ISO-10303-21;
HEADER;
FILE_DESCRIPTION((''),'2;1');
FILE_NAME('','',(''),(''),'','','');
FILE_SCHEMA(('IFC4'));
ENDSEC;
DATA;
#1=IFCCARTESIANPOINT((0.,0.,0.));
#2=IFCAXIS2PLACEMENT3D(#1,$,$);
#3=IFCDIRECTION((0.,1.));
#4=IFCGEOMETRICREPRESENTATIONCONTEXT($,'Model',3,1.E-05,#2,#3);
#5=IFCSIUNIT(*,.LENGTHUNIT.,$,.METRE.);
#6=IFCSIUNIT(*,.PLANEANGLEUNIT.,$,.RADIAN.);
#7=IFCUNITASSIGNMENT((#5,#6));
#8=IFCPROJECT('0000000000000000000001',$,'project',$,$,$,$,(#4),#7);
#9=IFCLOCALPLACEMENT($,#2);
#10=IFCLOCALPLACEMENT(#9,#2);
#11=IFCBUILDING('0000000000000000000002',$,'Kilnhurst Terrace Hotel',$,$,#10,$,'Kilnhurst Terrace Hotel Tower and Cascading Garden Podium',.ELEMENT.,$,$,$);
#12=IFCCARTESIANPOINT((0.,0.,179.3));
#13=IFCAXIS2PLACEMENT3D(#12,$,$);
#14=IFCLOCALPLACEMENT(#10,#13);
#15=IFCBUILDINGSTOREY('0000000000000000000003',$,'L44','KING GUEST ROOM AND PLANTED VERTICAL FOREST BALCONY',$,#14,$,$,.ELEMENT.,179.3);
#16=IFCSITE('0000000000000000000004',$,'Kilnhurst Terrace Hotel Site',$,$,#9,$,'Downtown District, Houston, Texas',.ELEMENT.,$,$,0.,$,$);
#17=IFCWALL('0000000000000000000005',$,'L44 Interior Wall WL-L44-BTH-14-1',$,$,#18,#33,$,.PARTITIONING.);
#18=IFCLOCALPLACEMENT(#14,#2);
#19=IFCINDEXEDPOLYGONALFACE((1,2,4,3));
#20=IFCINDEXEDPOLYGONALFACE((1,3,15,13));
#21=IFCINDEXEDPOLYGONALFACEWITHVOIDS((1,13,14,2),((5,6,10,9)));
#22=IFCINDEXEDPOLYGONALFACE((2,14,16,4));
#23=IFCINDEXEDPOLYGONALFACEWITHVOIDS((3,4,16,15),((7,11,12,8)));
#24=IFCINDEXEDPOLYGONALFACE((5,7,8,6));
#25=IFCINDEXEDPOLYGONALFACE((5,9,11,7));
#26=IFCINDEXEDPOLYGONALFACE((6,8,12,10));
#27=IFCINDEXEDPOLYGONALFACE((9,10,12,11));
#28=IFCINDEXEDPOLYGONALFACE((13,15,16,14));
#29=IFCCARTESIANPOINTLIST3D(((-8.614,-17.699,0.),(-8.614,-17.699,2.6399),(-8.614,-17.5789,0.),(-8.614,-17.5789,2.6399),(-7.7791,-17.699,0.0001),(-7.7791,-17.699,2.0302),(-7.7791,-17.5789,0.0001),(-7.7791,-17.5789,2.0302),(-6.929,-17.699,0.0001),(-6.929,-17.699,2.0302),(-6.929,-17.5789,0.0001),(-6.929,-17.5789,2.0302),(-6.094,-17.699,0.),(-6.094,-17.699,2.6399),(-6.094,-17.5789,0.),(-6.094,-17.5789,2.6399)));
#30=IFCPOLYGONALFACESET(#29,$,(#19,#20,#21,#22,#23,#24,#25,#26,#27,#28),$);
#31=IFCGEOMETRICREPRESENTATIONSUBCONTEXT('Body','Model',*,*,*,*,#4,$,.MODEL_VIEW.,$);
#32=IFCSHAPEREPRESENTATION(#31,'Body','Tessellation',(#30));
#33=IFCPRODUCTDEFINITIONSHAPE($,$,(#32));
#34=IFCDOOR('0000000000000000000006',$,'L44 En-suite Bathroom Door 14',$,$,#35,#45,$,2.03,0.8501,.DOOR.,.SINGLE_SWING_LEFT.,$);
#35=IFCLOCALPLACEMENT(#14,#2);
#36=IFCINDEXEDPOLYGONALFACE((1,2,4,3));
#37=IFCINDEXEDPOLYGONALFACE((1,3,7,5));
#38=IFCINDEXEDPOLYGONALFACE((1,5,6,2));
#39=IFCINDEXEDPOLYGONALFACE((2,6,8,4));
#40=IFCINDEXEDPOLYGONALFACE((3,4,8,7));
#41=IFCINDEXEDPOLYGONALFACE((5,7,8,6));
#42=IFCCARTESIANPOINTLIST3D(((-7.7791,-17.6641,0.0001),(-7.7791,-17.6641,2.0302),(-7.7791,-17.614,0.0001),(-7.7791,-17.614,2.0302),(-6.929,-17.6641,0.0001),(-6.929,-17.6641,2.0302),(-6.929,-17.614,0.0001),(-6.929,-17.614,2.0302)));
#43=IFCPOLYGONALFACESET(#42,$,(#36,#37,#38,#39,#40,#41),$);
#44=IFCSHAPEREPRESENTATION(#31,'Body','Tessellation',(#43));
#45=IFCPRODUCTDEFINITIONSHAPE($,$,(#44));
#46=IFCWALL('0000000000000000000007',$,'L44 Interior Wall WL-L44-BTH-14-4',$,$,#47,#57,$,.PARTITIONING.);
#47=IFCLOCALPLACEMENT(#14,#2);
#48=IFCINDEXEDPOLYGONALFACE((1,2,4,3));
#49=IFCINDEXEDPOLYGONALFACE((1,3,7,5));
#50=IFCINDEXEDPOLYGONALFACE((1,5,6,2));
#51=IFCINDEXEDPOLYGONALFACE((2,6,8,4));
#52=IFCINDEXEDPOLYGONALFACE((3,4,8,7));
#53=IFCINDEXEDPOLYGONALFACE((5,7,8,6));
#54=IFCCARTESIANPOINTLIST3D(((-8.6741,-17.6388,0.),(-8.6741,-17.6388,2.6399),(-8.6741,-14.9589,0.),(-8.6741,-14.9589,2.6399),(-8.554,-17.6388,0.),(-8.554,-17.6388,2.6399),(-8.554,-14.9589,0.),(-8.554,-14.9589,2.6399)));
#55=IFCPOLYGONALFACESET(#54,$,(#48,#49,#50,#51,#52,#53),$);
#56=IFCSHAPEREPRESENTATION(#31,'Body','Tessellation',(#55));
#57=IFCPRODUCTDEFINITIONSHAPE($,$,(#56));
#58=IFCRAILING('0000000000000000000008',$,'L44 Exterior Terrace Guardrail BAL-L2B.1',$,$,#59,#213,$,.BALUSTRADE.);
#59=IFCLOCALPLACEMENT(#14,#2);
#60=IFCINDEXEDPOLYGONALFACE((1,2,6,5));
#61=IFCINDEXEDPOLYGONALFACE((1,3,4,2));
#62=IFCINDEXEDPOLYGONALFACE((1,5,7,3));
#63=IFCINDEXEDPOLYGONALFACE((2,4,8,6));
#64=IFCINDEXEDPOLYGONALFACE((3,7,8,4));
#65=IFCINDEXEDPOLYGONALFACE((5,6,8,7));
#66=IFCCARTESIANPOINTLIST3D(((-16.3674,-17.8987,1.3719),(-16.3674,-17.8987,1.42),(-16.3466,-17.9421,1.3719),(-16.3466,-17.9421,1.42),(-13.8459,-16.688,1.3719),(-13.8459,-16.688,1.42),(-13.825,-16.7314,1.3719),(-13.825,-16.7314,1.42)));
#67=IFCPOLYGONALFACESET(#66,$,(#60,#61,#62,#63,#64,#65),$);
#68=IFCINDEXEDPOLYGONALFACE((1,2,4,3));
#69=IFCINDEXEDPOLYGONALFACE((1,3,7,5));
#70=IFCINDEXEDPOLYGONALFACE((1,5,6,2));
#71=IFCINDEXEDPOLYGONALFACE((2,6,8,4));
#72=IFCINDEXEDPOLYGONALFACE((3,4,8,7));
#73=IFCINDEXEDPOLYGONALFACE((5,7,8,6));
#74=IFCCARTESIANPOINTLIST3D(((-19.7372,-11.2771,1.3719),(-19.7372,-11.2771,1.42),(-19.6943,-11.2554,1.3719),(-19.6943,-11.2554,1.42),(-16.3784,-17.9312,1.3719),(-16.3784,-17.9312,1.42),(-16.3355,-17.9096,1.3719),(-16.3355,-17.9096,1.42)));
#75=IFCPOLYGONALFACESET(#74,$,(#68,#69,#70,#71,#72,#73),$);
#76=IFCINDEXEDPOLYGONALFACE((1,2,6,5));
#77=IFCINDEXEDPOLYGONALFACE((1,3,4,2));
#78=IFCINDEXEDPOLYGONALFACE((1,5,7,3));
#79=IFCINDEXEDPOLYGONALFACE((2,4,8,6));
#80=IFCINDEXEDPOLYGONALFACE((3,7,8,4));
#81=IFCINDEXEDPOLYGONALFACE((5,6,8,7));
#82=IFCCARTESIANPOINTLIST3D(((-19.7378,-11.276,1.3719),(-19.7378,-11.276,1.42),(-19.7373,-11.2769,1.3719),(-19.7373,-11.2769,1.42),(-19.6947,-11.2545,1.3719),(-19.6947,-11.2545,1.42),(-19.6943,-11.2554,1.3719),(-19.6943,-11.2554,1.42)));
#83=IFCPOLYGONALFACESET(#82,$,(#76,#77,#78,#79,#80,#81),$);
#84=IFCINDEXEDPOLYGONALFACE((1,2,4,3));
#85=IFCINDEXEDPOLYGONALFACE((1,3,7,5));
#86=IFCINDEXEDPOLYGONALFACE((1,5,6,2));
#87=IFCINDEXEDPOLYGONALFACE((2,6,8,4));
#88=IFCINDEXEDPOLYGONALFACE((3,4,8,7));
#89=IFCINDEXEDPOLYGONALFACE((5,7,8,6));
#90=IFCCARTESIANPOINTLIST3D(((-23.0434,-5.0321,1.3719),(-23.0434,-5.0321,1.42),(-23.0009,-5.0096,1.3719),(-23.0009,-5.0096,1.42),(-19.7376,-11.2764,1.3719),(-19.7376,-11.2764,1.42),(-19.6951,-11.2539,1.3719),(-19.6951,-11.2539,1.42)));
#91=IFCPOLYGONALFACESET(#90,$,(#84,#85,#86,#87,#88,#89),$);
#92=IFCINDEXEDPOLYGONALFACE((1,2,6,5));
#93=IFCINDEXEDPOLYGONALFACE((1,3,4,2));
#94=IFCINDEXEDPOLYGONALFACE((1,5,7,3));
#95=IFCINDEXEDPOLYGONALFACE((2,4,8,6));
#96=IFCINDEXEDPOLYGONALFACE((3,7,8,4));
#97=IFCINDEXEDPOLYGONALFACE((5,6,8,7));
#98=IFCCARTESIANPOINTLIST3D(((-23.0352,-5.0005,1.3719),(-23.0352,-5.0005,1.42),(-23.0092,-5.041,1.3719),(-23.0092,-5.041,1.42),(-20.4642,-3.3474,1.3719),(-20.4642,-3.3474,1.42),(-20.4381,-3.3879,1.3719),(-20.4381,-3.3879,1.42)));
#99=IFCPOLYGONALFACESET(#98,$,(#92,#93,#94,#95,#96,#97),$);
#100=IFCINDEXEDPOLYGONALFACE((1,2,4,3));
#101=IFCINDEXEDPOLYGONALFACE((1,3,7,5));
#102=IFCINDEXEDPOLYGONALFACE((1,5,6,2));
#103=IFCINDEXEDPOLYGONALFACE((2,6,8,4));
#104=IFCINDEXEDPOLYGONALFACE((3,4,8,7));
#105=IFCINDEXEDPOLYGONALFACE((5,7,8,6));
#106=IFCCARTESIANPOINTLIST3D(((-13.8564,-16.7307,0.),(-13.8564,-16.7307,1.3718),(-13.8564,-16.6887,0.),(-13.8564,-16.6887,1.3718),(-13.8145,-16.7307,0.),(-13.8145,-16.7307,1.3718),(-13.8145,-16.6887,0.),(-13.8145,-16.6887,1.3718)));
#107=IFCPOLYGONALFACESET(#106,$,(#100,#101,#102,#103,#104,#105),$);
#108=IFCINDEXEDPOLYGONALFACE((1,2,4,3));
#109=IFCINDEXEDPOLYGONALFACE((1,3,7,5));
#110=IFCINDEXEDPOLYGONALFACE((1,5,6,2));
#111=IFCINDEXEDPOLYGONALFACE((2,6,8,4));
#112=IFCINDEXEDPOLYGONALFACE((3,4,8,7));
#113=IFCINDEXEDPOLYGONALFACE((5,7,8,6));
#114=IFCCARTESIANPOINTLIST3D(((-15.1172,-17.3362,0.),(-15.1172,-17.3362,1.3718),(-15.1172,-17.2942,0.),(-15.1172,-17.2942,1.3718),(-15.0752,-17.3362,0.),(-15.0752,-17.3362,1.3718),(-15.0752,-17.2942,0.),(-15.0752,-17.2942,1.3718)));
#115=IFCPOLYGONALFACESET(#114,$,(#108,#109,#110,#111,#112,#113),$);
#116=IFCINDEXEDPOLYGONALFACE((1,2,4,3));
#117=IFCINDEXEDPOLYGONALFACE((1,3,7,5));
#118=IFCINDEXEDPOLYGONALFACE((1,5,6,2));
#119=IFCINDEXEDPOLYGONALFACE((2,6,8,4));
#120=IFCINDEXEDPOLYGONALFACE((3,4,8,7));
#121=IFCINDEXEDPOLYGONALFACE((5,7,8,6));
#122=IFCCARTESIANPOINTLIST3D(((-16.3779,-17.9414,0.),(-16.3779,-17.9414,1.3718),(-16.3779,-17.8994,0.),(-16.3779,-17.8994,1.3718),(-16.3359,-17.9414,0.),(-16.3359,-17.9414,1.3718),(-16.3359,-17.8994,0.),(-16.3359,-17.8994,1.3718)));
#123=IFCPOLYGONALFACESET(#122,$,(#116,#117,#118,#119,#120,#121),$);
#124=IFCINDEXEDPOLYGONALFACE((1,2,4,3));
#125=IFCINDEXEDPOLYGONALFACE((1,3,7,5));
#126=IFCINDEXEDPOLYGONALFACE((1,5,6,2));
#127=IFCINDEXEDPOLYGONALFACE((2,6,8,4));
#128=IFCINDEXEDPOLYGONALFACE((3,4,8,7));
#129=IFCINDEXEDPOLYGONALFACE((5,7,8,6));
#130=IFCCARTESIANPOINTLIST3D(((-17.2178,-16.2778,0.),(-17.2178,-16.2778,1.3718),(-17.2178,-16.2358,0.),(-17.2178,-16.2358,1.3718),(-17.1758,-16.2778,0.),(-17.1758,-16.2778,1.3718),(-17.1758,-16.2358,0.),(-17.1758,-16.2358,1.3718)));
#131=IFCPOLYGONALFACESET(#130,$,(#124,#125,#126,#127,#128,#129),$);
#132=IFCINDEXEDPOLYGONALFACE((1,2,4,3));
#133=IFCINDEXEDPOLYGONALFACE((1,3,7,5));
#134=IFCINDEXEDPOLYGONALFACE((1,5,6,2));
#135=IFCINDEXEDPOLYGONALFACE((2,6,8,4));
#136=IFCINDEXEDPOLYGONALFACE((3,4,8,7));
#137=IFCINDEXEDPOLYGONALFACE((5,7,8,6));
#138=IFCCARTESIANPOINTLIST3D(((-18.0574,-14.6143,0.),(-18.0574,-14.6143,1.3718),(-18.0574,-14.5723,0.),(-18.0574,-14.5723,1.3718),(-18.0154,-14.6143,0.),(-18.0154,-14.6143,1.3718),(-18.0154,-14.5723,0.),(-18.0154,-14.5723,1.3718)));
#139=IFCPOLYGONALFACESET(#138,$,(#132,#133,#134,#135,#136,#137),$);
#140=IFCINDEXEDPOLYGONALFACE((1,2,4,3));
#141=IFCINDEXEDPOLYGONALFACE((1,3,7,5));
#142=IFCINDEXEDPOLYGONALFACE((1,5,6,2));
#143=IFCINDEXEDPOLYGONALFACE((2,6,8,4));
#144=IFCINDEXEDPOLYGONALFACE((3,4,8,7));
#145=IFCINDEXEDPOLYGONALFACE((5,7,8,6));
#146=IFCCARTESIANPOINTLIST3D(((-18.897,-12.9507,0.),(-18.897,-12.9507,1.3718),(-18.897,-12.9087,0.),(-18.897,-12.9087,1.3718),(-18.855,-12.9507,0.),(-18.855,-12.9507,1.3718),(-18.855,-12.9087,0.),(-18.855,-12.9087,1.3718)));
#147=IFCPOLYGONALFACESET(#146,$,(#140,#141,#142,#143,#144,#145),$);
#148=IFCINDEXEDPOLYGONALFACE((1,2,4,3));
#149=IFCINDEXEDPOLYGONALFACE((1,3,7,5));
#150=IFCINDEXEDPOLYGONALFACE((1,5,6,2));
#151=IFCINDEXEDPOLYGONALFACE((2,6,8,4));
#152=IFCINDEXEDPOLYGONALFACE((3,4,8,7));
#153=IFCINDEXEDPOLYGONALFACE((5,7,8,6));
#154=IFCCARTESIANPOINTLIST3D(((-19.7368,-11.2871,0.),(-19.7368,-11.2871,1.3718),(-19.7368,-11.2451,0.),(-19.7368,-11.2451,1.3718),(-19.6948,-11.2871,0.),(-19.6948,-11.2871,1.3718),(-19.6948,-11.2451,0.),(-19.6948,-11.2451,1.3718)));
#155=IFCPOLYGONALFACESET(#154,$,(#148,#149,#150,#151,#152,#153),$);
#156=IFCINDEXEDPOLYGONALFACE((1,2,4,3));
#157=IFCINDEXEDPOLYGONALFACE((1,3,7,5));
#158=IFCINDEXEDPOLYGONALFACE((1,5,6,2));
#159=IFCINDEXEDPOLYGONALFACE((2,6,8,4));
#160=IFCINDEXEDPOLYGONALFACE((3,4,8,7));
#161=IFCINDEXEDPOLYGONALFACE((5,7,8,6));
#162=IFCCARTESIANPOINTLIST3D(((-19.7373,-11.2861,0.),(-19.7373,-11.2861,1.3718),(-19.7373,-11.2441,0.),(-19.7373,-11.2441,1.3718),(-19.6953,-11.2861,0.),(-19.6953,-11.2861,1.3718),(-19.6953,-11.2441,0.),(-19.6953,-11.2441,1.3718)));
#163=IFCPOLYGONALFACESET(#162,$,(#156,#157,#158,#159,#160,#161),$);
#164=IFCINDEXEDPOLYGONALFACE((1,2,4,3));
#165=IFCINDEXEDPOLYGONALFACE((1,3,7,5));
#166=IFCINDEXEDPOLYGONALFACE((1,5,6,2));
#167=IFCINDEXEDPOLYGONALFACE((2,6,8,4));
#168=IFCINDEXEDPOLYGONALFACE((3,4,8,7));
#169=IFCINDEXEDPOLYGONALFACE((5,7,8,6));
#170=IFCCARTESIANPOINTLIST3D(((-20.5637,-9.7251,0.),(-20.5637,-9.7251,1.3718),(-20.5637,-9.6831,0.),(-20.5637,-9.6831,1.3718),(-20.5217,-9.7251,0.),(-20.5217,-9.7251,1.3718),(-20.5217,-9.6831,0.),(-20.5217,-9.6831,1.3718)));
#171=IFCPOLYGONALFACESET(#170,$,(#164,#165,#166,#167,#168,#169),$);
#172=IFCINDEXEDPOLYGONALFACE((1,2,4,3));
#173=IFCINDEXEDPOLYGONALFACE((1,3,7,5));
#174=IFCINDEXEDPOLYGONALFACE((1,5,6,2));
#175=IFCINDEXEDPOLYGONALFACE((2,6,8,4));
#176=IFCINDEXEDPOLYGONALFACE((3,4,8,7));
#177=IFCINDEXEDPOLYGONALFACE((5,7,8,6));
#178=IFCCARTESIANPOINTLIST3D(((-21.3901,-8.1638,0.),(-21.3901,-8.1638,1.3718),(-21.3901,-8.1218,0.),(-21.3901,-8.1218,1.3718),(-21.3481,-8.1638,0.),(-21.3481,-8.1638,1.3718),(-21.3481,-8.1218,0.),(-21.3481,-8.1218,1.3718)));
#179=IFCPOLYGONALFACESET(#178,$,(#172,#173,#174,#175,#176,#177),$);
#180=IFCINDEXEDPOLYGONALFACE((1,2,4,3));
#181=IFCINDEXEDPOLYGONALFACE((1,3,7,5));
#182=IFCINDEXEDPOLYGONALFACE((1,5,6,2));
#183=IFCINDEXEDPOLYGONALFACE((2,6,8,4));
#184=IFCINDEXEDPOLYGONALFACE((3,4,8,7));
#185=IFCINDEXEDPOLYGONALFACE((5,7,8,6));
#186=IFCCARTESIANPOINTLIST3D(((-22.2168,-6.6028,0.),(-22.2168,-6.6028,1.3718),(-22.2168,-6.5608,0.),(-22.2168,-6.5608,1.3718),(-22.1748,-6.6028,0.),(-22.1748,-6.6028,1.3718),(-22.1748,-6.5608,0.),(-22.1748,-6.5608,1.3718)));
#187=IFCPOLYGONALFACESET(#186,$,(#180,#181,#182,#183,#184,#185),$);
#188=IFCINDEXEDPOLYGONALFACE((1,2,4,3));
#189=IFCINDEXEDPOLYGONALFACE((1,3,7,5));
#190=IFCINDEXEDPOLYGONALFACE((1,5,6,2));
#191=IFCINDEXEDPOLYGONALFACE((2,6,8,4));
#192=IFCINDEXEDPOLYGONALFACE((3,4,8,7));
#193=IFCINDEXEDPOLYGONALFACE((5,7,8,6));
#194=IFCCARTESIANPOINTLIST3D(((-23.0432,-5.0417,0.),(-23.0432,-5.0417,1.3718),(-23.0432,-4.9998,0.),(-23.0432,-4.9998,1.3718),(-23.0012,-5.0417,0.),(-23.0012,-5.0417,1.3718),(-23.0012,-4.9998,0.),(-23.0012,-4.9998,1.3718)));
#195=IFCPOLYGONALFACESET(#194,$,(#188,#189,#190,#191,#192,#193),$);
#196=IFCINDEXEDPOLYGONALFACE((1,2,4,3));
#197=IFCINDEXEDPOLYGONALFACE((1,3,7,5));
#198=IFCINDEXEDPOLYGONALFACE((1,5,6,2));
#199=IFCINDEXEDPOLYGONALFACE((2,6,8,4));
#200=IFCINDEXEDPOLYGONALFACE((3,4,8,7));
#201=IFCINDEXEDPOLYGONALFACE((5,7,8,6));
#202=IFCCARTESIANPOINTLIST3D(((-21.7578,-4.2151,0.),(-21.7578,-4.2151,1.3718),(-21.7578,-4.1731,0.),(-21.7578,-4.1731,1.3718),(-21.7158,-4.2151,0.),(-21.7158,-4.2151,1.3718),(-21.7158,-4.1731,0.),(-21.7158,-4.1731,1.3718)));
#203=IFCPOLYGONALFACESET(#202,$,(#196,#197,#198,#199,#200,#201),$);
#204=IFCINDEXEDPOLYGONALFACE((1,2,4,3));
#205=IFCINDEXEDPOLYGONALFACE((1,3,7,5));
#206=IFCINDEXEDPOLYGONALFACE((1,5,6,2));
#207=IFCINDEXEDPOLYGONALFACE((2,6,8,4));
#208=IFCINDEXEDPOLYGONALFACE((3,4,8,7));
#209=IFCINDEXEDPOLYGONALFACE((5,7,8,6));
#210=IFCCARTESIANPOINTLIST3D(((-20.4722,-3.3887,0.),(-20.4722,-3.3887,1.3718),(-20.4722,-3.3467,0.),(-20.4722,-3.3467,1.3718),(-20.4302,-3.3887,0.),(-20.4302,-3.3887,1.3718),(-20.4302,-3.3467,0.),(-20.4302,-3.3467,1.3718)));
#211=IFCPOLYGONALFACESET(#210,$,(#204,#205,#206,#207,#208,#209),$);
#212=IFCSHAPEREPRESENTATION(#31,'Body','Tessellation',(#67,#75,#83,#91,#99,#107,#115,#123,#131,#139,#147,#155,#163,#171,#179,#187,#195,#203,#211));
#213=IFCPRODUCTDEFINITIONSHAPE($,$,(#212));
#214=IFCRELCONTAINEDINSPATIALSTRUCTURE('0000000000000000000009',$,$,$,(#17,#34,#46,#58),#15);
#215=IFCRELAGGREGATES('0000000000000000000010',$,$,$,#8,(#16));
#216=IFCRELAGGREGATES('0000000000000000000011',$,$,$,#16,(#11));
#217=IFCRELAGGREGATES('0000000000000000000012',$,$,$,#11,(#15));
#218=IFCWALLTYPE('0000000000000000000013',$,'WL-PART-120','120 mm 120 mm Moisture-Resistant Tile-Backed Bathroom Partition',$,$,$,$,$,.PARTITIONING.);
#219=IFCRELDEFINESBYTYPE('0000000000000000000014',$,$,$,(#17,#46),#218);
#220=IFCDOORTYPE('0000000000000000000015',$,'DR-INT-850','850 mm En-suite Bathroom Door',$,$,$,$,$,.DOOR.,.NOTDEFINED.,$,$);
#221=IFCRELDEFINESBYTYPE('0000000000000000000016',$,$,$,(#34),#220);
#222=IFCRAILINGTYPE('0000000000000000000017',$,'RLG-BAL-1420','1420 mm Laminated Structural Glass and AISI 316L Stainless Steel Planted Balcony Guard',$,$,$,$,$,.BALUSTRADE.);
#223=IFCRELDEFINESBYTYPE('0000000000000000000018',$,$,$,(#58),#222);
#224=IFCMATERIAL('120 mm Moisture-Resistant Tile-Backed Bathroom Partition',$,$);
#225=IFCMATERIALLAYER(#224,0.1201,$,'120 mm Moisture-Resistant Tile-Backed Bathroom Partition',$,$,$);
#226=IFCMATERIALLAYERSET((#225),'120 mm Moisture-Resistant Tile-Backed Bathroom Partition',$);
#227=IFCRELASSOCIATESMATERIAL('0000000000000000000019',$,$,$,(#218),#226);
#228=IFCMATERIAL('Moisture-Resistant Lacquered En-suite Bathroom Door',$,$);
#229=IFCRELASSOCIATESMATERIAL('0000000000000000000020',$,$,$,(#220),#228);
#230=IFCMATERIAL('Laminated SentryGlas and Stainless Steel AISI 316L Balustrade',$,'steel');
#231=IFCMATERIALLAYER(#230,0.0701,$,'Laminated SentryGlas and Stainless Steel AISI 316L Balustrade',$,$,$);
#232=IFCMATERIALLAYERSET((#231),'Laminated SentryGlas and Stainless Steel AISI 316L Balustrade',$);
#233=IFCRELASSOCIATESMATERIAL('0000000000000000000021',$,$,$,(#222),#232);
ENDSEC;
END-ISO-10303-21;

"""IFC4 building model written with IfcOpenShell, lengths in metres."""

from ifc_helpers import new_model, si_unit, direction, frame, frame_2d, origin, origin_2d, place, context, subcontext, project, spatial, rectangle, extrude, material, layer, layer_set, type_object, element, fill, save


model = new_model("IFC4")

# Units and contexts
model_context = context("Model", 3, precision=1e-05, world=origin(), true_north=direction((0.0, 1.0)))
body_context = subcontext(model_context, "Body", "Model", "MODEL_VIEW")
ifc_project = project(units=[si_unit("LENGTHUNIT", "METRE"), si_unit("PLANEANGLEUNIT", "RADIAN")], contexts=[model_context])

# Site, building, storey
site_placement = place(None, origin())
site = spatial("IfcSite", under=ifc_project, at=site_placement, Name="Kilnhurst Terrace Hotel Site", LongName="Downtown District, Houston, Texas", CompositionType="ELEMENT", RefElevation=0.0)
building_placement = place(site_placement, origin())
building = spatial("IfcBuilding", under=site, at=building_placement, Name="Kilnhurst Terrace Hotel", LongName="Kilnhurst Terrace Hotel Tower and Cascading Garden Podium", CompositionType="ELEMENT")
storey_placement = place(building_placement, frame((0.0, 0.0, 179.3)))
storey = spatial("IfcBuildingStorey", under=building, at=storey_placement, Name="L44", Description="KING GUEST ROOM AND PLANTED VERTICAL FOREST BALCONY", CompositionType="ELEMENT", Elevation=179.3)

# Wall, opening, door
ifc_material_1 = material(Name="120 mm Moisture-Resistant Tile-Backed Bathroom Partition")
ifc_layer_1 = layer(ifc_material_1, 0.1201, Name="120 mm Moisture-Resistant Tile-Backed Bathroom Partition")
ifc_layer_set_1 = layer_set([ifc_layer_1], Name="120 mm Moisture-Resistant Tile-Backed Bathroom Partition")
wall_type_1 = type_object("IfcWallType", Name="WL-PART-120", Description="120 mm 120 mm Moisture-Resistant Tile-Backed Bathroom Partition", PredefinedType="PARTITIONING", material=ifc_layer_set_1)
wall_1_placement = place(storey_placement, frame((-8.614, -17.6389, 0.0), z_axis=(0.0, 0.0, 1.0), x_axis=(1.0, 0.0, 0.0)))
wall_1 = element("IfcWall", 1, at=wall_1_placement, inside=storey, type_object=wall_type_1, Name="L44 Interior Wall WL-L44-BTH-14-1", PredefinedType="PARTITIONING", context=body_context, shape_type="SweptSolid", body=[
    extrude(rectangle(XDim=2.52, YDim=0.1201, at=frame_2d((1.26, 0.0))), origin(), (0.0, 0.0, 1.0), 2.6399),
])
opening_1_placement = place(wall_1_placement, frame((0.835, 0.0, 0.0)))
opening_1 = element("IfcOpeningElement", 2, at=opening_1_placement, cuts=wall_1, PredefinedType="OPENING", context=body_context, shape_type="SweptSolid", body=[
    extrude(rectangle(XDim=0.8501, YDim=2.03, at=frame_2d((0.425, 1.0151))), frame((0.0, 0.0701, 0.0), z_axis=(0.0, -1.0, 0.0), x_axis=(1.0, 0.0, 0.0)), (0.0, 0.0, 1.0), 0.1401),
])
ifc_material_2 = material(Name="Moisture-Resistant Lacquered En-suite Bathroom Door")
door_type_1 = type_object("IfcDoorType", Name="DR-INT-850", Description="850 mm En-suite Bathroom Door", OperationType="NOTDEFINED", PredefinedType="DOOR", material=ifc_material_2)
door_1_placement = place(opening_1_placement, origin())
door_1 = element("IfcDoor", 3, at=door_1_placement, inside=storey, type_object=door_type_1, Name="L44 En-suite Bathroom Door 14", OperationType="SINGLE_SWING_LEFT", OverallHeight=2.03, OverallWidth=0.8501, PredefinedType="DOOR", context=body_context, shape_type="SweptSolid", body=[
    extrude(rectangle(XDim=0.8501, YDim=2.03, at=frame_2d((0.425, 1.0151))), frame((0.0, 0.0249, 0.0), z_axis=(0.0, -1.0, 0.0), x_axis=(1.0, 0.0, 0.0)), (0.0, 0.0, 1.0), 0.05),
])
fill(opening_1, door_1)

# Wall
wall_2_placement = place(storey_placement, frame((-8.614, -14.959, 0.0), z_axis=(0.0, 0.0, 1.0), x_axis=(0.0, -1.0, 0.0)))
element("IfcWall", 4, at=wall_2_placement, inside=storey, type_object=wall_type_1, Name="L44 Interior Wall WL-L44-BTH-14-4", PredefinedType="PARTITIONING", context=body_context, shape_type="SweptSolid", body=[
    extrude(rectangle(XDim=2.6799, YDim=0.1201, at=frame_2d((1.3398, 0.0))), origin(), (0.0, 0.0, 1.0), 2.6399),
])

# Railing
ifc_material_3 = material(Name="Laminated SentryGlas and Stainless Steel AISI 316L Balustrade", Category="steel")
ifc_layer_2 = layer(ifc_material_3, 0.0701, Name="Laminated SentryGlas and Stainless Steel AISI 316L Balustrade")
ifc_layer_set_2 = layer_set([ifc_layer_2], Name="Laminated SentryGlas and Stainless Steel AISI 316L Balustrade")
railing_type = type_object("IfcRailingType", Name="RLG-BAL-1420", Description="1420 mm Laminated Structural Glass and AISI 316L Stainless Steel Planted Balcony Guard", PredefinedType="BALUSTRADE", material=ifc_layer_set_2)
railing_placement = place(storey_placement, frame((-13.8354, -16.7097, 0.0)))
element("IfcRailing", 5, at=railing_placement, inside=storey, type_object=railing_type, Name="L44 Exterior Terrace Guardrail BAL-L2B.1", PredefinedType="BALUSTRADE", context=body_context, shape_type="SweptSolid", body=[
    extrude(rectangle(XDim=0.0481, YDim=0.0481, at=origin_2d()), frame((0.0, 0.0, 1.396), z_axis=(-0.90147, -0.432842, 0.0), x_axis=(0.432842, -0.90147, 0.0)), (0.0, 0.0, 1.0), 2.7971),
    extrude(rectangle(XDim=0.0481, YDim=0.0481, at=origin_2d()), frame((-2.5215, -1.2107, 1.396), z_axis=(-0.450617, 0.892718, 0.0), x_axis=(-0.892718, -0.450617, 0.0)), (0.0, 0.0, 1.0), 7.4539),
    extrude(rectangle(XDim=0.0481, YDim=0.0481, at=origin_2d()), frame((-5.8804, 5.4436, 1.396), z_axis=(-0.447214, 0.894427, 0.0), x_axis=(-0.894427, -0.447214, 0.0)), (0.0, 0.0, 1.0), 0.001),
    extrude(rectangle(XDim=0.0481, YDim=0.0481, at=origin_2d()), frame((-5.8809, 5.4446, 1.396), z_axis=(-0.467894, 0.883785, 0.0), x_axis=(-0.883785, -0.467894, 0.0)), (0.0, 0.0, 1.0), 7.0654),
    extrude(rectangle(XDim=0.0481, YDim=0.0481, at=origin_2d()), frame((-9.1868, 11.689, 1.396), z_axis=(0.84114, 0.540818, 0.0), x_axis=(-0.540818, 0.84114, 0.0)), (0.0, 0.0, 1.0), 3.0566),
    extrude(rectangle(XDim=0.042, YDim=0.042, at=origin_2d()), origin(), (0.0, 0.0, 1.0), 1.3718),
    extrude(rectangle(XDim=0.042, YDim=0.042, at=origin_2d()), frame((-1.2607, -0.6055, 0.0)), (0.0, 0.0, 1.0), 1.3718),
    extrude(rectangle(XDim=0.042, YDim=0.042, at=origin_2d()), frame((-2.5215, -1.2107, 0.0)), (0.0, 0.0, 1.0), 1.3718),
    extrude(rectangle(XDim=0.042, YDim=0.042, at=origin_2d()), frame((-3.3613, 0.4529, 0.0)), (0.0, 0.0, 1.0), 1.3718),
    extrude(rectangle(XDim=0.042, YDim=0.042, at=origin_2d()), frame((-4.2009, 2.1165, 0.0)), (0.0, 0.0, 1.0), 1.3718),
    extrude(rectangle(XDim=0.042, YDim=0.042, at=origin_2d()), frame((-5.0405, 3.78, 0.0)), (0.0, 0.0, 1.0), 1.3718),
    extrude(rectangle(XDim=0.042, YDim=0.042, at=origin_2d()), frame((-5.8804, 5.4436, 0.0)), (0.0, 0.0, 1.0), 1.3718),
    extrude(rectangle(XDim=0.042, YDim=0.042, at=origin_2d()), frame((-5.8809, 5.4446, 0.0)), (0.0, 0.0, 1.0), 1.3718),
    extrude(rectangle(XDim=0.042, YDim=0.042, at=origin_2d()), frame((-6.7073, 7.0056, 0.0)), (0.0, 0.0, 1.0), 1.3718),
    extrude(rectangle(XDim=0.042, YDim=0.042, at=origin_2d()), frame((-7.5337, 8.5669, 0.0)), (0.0, 0.0, 1.0), 1.3718),
    extrude(rectangle(XDim=0.042, YDim=0.042, at=origin_2d()), frame((-8.3604, 10.1279, 0.0)), (0.0, 0.0, 1.0), 1.3718),
    extrude(rectangle(XDim=0.042, YDim=0.042, at=origin_2d()), frame((-9.1868, 11.689, 0.0)), (0.0, 0.0, 1.0), 1.3718),
    extrude(rectangle(XDim=0.042, YDim=0.042, at=origin_2d()), frame((-7.9014, 12.5156, 0.0)), (0.0, 0.0, 1.0), 1.3718),
    extrude(rectangle(XDim=0.042, YDim=0.042, at=origin_2d()), frame((-6.6157, 13.342, 0.0)), (0.0, 0.0, 1.0), 1.3718),
])

save(model, "model.ifc")
